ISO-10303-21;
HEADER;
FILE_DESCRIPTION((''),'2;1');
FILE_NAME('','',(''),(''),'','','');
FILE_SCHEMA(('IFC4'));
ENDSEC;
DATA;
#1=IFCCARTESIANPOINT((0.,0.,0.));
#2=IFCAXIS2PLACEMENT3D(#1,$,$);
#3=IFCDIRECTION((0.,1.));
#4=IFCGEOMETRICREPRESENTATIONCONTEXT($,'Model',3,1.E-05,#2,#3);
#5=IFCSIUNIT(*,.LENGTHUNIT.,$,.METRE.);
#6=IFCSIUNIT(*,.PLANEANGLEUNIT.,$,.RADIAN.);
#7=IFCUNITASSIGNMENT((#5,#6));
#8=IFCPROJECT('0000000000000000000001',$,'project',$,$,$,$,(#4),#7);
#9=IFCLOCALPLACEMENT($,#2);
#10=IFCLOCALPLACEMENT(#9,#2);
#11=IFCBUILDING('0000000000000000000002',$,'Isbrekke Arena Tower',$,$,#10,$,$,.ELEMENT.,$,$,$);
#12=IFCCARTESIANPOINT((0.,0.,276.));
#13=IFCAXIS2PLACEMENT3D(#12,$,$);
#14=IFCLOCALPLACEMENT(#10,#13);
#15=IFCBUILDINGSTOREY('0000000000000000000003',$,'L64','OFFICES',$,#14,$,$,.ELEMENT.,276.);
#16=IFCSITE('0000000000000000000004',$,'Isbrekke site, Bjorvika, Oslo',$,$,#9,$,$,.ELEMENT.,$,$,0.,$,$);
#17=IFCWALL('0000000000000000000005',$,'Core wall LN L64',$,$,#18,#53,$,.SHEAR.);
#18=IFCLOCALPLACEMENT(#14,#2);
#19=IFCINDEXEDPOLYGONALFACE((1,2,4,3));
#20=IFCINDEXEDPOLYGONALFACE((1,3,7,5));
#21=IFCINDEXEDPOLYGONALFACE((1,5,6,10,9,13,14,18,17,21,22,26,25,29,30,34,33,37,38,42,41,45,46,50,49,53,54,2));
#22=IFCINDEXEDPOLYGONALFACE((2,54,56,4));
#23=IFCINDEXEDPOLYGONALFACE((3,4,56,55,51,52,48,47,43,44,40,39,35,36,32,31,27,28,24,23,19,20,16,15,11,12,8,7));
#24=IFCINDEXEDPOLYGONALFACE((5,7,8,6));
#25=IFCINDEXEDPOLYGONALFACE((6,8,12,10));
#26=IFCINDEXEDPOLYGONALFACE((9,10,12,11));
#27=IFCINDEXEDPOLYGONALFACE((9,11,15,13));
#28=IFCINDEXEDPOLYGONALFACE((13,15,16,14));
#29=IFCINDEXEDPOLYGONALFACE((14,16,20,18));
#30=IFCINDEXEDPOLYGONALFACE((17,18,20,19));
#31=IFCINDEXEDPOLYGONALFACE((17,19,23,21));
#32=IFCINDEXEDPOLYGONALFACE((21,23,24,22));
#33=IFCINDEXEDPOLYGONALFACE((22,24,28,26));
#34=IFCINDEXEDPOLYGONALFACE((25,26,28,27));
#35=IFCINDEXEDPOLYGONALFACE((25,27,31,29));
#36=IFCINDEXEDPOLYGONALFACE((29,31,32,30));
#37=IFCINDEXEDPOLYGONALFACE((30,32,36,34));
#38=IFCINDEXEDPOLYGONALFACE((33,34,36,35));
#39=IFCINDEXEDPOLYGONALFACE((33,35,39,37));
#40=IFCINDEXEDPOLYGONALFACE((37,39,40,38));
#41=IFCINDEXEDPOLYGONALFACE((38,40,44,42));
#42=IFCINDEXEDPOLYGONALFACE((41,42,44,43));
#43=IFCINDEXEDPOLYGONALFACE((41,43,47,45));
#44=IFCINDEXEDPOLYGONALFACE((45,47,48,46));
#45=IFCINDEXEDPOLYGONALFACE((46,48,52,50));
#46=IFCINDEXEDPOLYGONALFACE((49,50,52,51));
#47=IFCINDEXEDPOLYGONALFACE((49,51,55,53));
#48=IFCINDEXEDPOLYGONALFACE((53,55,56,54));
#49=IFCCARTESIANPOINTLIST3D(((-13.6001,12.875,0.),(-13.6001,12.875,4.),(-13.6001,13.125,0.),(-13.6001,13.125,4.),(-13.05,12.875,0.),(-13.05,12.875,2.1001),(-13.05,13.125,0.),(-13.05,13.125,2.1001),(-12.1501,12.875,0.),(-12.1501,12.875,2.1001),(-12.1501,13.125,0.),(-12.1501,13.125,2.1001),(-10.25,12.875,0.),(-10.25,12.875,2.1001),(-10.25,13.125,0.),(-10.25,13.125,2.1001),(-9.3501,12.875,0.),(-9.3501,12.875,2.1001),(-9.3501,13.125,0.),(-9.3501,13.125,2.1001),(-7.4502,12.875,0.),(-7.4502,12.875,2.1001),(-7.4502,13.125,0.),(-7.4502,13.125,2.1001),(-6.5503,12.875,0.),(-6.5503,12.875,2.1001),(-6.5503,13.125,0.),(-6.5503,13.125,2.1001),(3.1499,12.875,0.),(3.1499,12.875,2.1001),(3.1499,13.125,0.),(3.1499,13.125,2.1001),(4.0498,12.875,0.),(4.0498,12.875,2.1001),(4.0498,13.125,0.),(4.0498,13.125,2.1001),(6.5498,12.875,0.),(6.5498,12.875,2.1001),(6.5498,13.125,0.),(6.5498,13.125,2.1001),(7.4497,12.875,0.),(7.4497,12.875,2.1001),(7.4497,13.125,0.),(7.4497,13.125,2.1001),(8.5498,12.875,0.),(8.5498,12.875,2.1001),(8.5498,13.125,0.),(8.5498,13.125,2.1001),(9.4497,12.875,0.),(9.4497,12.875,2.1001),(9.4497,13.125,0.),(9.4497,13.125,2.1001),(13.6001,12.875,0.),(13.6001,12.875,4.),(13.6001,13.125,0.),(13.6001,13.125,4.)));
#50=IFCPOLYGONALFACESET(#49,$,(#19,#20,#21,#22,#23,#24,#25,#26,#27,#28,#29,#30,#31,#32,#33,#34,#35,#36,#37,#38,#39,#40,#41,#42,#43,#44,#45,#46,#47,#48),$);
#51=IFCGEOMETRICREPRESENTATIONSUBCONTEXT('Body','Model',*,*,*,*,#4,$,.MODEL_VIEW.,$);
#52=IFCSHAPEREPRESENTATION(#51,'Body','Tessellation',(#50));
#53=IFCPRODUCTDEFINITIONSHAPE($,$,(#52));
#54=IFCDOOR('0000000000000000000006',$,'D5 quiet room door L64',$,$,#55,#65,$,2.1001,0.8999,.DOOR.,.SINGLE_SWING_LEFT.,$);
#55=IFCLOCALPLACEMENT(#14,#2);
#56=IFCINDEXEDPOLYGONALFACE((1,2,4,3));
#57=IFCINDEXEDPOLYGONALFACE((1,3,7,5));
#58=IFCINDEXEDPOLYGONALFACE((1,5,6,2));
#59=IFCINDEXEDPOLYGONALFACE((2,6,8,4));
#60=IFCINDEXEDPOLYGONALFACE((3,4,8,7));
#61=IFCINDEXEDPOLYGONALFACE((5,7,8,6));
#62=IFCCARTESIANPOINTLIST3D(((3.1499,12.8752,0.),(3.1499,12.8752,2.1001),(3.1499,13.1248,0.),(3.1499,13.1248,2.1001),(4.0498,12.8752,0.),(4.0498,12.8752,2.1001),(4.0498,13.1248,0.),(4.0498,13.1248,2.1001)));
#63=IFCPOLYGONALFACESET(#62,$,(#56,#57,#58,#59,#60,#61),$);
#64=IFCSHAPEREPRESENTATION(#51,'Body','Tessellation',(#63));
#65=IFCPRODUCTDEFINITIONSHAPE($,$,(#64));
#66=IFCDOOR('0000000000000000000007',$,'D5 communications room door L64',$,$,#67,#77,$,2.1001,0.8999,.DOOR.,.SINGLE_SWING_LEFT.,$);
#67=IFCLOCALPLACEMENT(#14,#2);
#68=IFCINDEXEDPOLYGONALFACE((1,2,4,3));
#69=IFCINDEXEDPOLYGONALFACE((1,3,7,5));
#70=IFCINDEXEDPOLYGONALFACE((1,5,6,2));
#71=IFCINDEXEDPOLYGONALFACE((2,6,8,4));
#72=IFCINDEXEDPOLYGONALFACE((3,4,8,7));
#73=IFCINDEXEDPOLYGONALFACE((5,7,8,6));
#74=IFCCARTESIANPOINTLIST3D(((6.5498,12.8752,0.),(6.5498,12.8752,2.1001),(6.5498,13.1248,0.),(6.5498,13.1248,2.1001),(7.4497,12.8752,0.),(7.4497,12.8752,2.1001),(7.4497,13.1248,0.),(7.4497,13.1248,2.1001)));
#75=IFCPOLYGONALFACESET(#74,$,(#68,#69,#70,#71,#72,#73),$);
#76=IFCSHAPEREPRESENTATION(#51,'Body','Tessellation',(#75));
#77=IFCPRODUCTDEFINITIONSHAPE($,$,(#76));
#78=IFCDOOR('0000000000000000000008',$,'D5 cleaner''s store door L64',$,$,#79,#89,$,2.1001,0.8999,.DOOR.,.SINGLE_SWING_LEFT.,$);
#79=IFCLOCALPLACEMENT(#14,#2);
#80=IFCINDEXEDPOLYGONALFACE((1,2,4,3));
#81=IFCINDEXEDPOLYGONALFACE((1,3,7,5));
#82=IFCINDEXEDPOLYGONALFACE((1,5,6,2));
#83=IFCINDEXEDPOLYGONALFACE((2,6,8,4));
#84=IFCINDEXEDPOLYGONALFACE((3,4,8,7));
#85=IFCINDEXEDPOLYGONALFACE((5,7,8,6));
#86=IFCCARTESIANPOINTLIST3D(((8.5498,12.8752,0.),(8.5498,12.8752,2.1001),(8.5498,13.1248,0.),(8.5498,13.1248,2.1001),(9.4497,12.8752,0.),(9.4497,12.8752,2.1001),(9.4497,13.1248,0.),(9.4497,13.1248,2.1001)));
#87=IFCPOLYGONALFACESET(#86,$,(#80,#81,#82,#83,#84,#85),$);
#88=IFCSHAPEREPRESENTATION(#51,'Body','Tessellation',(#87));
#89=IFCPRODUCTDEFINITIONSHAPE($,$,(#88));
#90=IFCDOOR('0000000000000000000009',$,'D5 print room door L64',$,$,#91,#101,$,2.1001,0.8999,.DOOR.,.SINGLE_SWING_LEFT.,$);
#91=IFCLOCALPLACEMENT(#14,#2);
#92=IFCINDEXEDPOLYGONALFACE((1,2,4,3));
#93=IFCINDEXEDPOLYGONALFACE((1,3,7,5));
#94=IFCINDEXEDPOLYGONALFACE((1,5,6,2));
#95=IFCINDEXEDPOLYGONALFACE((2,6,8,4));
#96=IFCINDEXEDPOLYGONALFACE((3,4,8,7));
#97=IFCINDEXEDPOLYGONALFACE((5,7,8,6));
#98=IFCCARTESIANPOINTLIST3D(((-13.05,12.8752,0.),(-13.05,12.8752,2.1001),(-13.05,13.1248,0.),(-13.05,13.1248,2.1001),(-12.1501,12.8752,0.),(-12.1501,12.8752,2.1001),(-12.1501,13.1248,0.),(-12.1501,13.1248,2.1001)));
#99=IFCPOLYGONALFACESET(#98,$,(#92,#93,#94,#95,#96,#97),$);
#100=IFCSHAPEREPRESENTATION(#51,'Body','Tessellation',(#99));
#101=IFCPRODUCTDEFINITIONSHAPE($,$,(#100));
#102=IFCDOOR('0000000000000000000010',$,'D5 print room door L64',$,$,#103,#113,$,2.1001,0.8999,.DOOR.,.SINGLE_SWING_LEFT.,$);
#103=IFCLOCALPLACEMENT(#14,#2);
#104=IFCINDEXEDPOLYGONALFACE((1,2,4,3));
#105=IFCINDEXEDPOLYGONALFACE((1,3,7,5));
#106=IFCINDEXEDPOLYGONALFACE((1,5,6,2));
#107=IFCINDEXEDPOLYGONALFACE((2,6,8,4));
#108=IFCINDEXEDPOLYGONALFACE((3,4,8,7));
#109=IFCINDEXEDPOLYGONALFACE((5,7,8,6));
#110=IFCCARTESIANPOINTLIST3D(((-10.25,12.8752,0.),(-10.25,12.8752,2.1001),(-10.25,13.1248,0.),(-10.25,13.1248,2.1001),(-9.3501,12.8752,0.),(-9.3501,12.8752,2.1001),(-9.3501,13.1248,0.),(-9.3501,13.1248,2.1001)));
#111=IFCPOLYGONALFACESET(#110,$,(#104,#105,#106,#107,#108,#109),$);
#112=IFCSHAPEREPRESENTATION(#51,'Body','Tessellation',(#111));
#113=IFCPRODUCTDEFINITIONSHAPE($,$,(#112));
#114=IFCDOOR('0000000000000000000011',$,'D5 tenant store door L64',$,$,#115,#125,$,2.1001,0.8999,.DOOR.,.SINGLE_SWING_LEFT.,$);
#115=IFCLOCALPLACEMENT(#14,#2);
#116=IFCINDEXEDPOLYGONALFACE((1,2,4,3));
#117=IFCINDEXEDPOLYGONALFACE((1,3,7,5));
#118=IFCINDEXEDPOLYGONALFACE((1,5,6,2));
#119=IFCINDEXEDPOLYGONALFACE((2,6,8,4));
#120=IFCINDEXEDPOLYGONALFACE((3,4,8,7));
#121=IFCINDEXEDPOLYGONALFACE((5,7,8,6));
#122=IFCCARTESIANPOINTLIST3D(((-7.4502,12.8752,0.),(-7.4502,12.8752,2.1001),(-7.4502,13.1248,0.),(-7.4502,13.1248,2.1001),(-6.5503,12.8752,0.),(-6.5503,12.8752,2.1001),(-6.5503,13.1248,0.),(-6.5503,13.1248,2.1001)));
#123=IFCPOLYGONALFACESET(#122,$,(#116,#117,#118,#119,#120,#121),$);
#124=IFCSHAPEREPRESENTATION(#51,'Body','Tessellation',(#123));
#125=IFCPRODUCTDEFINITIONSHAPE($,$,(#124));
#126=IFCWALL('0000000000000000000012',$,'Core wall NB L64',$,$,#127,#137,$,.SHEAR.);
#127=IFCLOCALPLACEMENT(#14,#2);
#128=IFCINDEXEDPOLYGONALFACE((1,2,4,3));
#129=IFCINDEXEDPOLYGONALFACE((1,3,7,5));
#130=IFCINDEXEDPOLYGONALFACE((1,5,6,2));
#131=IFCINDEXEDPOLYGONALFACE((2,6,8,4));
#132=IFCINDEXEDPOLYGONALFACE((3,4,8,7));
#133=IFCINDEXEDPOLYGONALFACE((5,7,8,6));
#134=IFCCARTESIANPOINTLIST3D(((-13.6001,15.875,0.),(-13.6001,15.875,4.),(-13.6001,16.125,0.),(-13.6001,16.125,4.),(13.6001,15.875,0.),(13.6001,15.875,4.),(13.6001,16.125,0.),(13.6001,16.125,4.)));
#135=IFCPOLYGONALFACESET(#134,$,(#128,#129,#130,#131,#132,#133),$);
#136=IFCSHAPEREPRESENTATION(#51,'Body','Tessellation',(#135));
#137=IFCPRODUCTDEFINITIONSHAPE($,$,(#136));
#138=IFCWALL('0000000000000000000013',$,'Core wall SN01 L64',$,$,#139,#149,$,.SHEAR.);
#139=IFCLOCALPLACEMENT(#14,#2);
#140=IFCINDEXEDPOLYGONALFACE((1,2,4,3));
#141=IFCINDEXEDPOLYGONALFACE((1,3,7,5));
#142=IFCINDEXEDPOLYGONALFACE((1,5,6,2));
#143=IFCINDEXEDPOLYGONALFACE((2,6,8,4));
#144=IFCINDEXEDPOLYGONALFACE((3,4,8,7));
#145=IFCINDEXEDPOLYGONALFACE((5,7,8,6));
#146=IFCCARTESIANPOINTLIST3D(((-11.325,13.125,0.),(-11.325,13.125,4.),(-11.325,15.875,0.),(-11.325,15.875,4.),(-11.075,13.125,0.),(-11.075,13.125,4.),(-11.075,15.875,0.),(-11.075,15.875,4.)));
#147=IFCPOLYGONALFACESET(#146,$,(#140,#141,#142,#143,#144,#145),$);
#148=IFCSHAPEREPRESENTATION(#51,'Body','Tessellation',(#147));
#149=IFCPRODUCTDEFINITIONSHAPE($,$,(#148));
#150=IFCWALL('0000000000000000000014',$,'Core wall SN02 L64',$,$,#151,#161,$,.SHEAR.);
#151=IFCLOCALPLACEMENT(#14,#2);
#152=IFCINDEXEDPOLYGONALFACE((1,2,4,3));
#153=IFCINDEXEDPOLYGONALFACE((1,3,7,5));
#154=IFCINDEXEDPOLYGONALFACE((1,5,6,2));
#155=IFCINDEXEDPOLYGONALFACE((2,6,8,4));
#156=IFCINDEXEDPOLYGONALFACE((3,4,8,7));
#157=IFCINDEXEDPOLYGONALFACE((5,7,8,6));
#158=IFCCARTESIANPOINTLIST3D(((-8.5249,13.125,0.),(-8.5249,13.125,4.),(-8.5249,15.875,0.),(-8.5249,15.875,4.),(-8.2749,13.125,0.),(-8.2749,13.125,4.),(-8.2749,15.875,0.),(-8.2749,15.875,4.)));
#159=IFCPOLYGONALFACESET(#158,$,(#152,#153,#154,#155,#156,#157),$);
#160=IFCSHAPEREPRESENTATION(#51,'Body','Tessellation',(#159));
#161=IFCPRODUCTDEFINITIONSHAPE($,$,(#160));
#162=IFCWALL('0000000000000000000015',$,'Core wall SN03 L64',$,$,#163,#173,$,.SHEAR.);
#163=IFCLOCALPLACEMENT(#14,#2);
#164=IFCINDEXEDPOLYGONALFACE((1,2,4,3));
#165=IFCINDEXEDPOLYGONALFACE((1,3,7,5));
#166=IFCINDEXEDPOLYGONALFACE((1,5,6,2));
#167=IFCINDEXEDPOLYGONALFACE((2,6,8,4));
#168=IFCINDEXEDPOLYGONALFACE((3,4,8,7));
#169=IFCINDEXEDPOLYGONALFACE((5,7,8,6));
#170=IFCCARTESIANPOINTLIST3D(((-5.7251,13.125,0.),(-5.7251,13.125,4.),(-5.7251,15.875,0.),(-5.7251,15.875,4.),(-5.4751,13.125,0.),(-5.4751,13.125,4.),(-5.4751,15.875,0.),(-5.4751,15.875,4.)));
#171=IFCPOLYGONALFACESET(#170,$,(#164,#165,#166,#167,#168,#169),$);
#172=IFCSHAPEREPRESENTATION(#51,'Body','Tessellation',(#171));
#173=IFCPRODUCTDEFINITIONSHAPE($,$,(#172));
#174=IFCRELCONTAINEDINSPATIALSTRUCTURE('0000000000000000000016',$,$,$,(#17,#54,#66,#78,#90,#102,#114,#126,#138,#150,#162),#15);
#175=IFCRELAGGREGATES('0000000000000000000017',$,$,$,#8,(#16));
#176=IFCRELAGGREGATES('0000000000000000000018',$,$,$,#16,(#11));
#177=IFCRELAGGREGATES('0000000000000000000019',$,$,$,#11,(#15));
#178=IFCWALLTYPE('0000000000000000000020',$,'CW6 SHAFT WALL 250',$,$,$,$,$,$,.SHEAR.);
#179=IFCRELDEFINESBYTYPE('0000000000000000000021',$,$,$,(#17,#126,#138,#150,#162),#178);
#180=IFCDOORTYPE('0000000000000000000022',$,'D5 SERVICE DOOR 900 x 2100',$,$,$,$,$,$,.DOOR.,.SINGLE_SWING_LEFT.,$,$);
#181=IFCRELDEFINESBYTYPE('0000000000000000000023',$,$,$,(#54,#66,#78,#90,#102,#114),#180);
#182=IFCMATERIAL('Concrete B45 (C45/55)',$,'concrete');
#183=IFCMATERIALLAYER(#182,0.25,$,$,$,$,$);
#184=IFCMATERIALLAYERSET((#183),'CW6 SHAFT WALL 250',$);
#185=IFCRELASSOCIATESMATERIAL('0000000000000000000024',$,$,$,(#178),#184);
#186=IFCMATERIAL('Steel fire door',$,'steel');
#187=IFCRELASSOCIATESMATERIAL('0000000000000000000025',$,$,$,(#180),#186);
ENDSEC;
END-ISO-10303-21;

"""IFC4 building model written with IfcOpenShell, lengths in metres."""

from ifc_helpers import new_model, si_unit, direction, frame, frame_2d, origin, place, context, subcontext, project, spatial, rectangle, extrude, material, layer, layer_set, type_object, element, fill, save


model = new_model("IFC4")

# Units and contexts
model_context = context("Model", 3, precision=1e-05, world=origin(), true_north=direction((0.0, 1.0)))
body_context = subcontext(model_context, "Body", "Model", "MODEL_VIEW")
ifc_project = project(units=[si_unit("LENGTHUNIT", "METRE"), si_unit("PLANEANGLEUNIT", "RADIAN")], contexts=[model_context])

# Site, building, storey
site_placement = place(None, origin())
site = spatial("IfcSite", under=ifc_project, at=site_placement, Name="Isbrekke site, Bjorvika, Oslo", CompositionType="ELEMENT", RefElevation=0.0)
building_placement = place(site_placement, origin())
building = spatial("IfcBuilding", under=site, at=building_placement, Name="Isbrekke Arena Tower", CompositionType="ELEMENT")
storey_placement = place(building_placement, frame((0.0, 0.0, 276.0)))
storey = spatial("IfcBuildingStorey", under=building, at=storey_placement, Name="L64", Description="OFFICES", CompositionType="ELEMENT", Elevation=276.0)

# Wall, openings, doors
ifc_material_1 = material(Name="Concrete B45 (C45/55)", Category="concrete")
ifc_layer_1 = layer(ifc_material_1, 0.25)
ifc_layer_set_1 = layer_set([ifc_layer_1], Name="CW6 SHAFT WALL 250")
wall_type_1 = type_object("IfcWallType", Name="CW6 SHAFT WALL 250", PredefinedType="SHEAR", material=ifc_layer_set_1)
wall_1_placement = place(storey_placement, frame((-13.6001, 13.0, 0.0), z_axis=(0.0, 0.0, 1.0), x_axis=(1.0, 0.0, 0.0)))
wall_1 = element("IfcWall", 1, at=wall_1_placement, inside=storey, type_object=wall_type_1, Name="Core wall LN L64", PredefinedType="SHEAR", context=body_context, shape_type="SweptSolid", body=[
    extrude(rectangle(XDim=27.2002, YDim=0.25, at=frame_2d((13.6001, 0.0))), origin(), (0.0, 0.0, 1.0), 4.0),
])
opening_1_placement = place(wall_1_placement, frame((16.75, 0.0, 0.0)))
opening_1 = element("IfcOpeningElement", 2, at=opening_1_placement, cuts=wall_1, PredefinedType="OPENING", context=body_context, shape_type="SweptSolid", body=[
    extrude(rectangle(XDim=0.8999, YDim=2.1001, at=frame_2d((0.45, 1.05))), frame((0.0, 0.1399, 0.0), z_axis=(0.0, -1.0, 0.0), x_axis=(1.0, 0.0, 0.0)), (0.0, 0.0, 1.0), 0.2798),
])
opening_2_placement = place(wall_1_placement, frame((20.1499, 0.0, 0.0)))
opening_2 = element("IfcOpeningElement", 3, at=opening_2_placement, cuts=wall_1, PredefinedType="OPENING", context=body_context, shape_type="SweptSolid", body=[
    extrude(rectangle(XDim=0.8999, YDim=2.1001, at=frame_2d((0.45, 1.05))), frame((0.0, 0.1399, 0.0), z_axis=(0.0, -1.0, 0.0), x_axis=(1.0, 0.0, 0.0)), (0.0, 0.0, 1.0), 0.2798),
])
opening_3_placement = place(wall_1_placement, frame((22.1499, 0.0, 0.0)))
opening_3 = element("IfcOpeningElement", 4, at=opening_3_placement, cuts=wall_1, PredefinedType="OPENING", context=body_context, shape_type="SweptSolid", body=[
    extrude(rectangle(XDim=0.8999, YDim=2.1001, at=frame_2d((0.45, 1.05))), frame((0.0, 0.1399, 0.0), z_axis=(0.0, -1.0, 0.0), x_axis=(1.0, 0.0, 0.0)), (0.0, 0.0, 1.0), 0.2798),
])
opening_4_placement = place(wall_1_placement, frame((0.55, 0.0, 0.0)))
opening_4 = element("IfcOpeningElement", 5, at=opening_4_placement, cuts=wall_1, PredefinedType="OPENING", context=body_context, shape_type="SweptSolid", body=[
    extrude(rectangle(XDim=0.8999, YDim=2.1001, at=frame_2d((0.45, 1.05))), frame((0.0, 0.1399, 0.0), z_axis=(0.0, -1.0, 0.0), x_axis=(1.0, 0.0, 0.0)), (0.0, 0.0, 1.0), 0.2798),
])
opening_5_placement = place(wall_1_placement, frame((3.3501, 0.0, 0.0)))
opening_5 = element("IfcOpeningElement", 6, at=opening_5_placement, cuts=wall_1, PredefinedType="OPENING", context=body_context, shape_type="SweptSolid", body=[
    extrude(rectangle(XDim=0.8999, YDim=2.1001, at=frame_2d((0.45, 1.05))), frame((0.0, 0.1399, 0.0), z_axis=(0.0, -1.0, 0.0), x_axis=(1.0, 0.0, 0.0)), (0.0, 0.0, 1.0), 0.2798),
])
opening_6_placement = place(wall_1_placement, frame((6.1499, 0.0, 0.0)))
opening_6 = element("IfcOpeningElement", 7, at=opening_6_placement, cuts=wall_1, PredefinedType="OPENING", context=body_context, shape_type="SweptSolid", body=[
    extrude(rectangle(XDim=0.8999, YDim=2.1001, at=frame_2d((0.45, 1.05))), frame((0.0, 0.1399, 0.0), z_axis=(0.0, -1.0, 0.0), x_axis=(1.0, 0.0, 0.0)), (0.0, 0.0, 1.0), 0.2798),
])
ifc_material_2 = material(Name="Steel fire door", Category="steel")
door_type_1 = type_object("IfcDoorType", Name="D5 SERVICE DOOR 900 x 2100", OperationType="SINGLE_SWING_LEFT", PredefinedType="DOOR", material=ifc_material_2)
door_1_placement = place(opening_1_placement, origin())
door_1 = element("IfcDoor", 8, at=door_1_placement, inside=storey, type_object=door_type_1, Name="D5 quiet room door L64", OperationType="SINGLE_SWING_LEFT", OverallHeight=2.1001, OverallWidth=0.8999, PredefinedType="DOOR", context=body_context, shape_type="SweptSolid", body=[
    extrude(rectangle(XDim=0.8999, YDim=2.1001, at=frame_2d((0.45, 1.05))), frame((0.0, 0.1248, 0.0), z_axis=(0.0, -1.0, 0.0), x_axis=(1.0, 0.0, 0.0)), (0.0, 0.0, 1.0), 0.2495),
])
fill(opening_1, door_1)
door_2_placement = place(opening_2_placement, origin())
door_2 = element("IfcDoor", 9, at=door_2_placement, inside=storey, type_object=door_type_1, Name="D5 communications room door L64", OperationType="SINGLE_SWING_LEFT", OverallHeight=2.1001, OverallWidth=0.8999, PredefinedType="DOOR", context=body_context, shape_type="SweptSolid", body=[
    extrude(rectangle(XDim=0.8999, YDim=2.1001, at=frame_2d((0.45, 1.05))), frame((0.0, 0.1248, 0.0), z_axis=(0.0, -1.0, 0.0), x_axis=(1.0, 0.0, 0.0)), (0.0, 0.0, 1.0), 0.2495),
])
fill(opening_2, door_2)
door_3_placement = place(opening_3_placement, origin())
door_3 = element("IfcDoor", 10, at=door_3_placement, inside=storey, type_object=door_type_1, Name="D5 cleaner's store door L64", OperationType="SINGLE_SWING_LEFT", OverallHeight=2.1001, OverallWidth=0.8999, PredefinedType="DOOR", context=body_context, shape_type="SweptSolid", body=[
    extrude(rectangle(XDim=0.8999, YDim=2.1001, at=frame_2d((0.45, 1.05))), frame((0.0, 0.1248, 0.0), z_axis=(0.0, -1.0, 0.0), x_axis=(1.0, 0.0, 0.0)), (0.0, 0.0, 1.0), 0.2495),
])
fill(opening_3, door_3)
door_4_placement = place(opening_4_placement, origin())
door_4 = element("IfcDoor", 11, at=door_4_placement, inside=storey, type_object=door_type_1, Name="D5 print room door L64", OperationType="SINGLE_SWING_LEFT", OverallHeight=2.1001, OverallWidth=0.8999, PredefinedType="DOOR", context=body_context, shape_type="SweptSolid", body=[
    extrude(rectangle(XDim=0.8999, YDim=2.1001, at=frame_2d((0.45, 1.05))), frame((0.0, 0.1248, 0.0), z_axis=(0.0, -1.0, 0.0), x_axis=(1.0, 0.0, 0.0)), (0.0, 0.0, 1.0), 0.2495),
])
fill(opening_4, door_4)
door_5_placement = place(opening_5_placement, origin())
door_5 = element("IfcDoor", 12, at=door_5_placement, inside=storey, type_object=door_type_1, Name="D5 print room door L64", OperationType="SINGLE_SWING_LEFT", OverallHeight=2.1001, OverallWidth=0.8999, PredefinedType="DOOR", context=body_context, shape_type="SweptSolid", body=[
    extrude(rectangle(XDim=0.8999, YDim=2.1001, at=frame_2d((0.45, 1.05))), frame((0.0, 0.1248, 0.0), z_axis=(0.0, -1.0, 0.0), x_axis=(1.0, 0.0, 0.0)), (0.0, 0.0, 1.0), 0.2495),
])
fill(opening_5, door_5)
door_6_placement = place(opening_6_placement, origin())
door_6 = element("IfcDoor", 13, at=door_6_placement, inside=storey, type_object=door_type_1, Name="D5 tenant store door L64", OperationType="SINGLE_SWING_LEFT", OverallHeight=2.1001, OverallWidth=0.8999, PredefinedType="DOOR", context=body_context, shape_type="SweptSolid", body=[
    extrude(rectangle(XDim=0.8999, YDim=2.1001, at=frame_2d((0.45, 1.05))), frame((0.0, 0.1248, 0.0), z_axis=(0.0, -1.0, 0.0), x_axis=(1.0, 0.0, 0.0)), (0.0, 0.0, 1.0), 0.2495),
])
fill(opening_6, door_6)

# Walls
wall_2_placement = place(storey_placement, frame((-13.6001, 16.0, 0.0), z_axis=(0.0, 0.0, 1.0), x_axis=(1.0, 0.0, 0.0)))
element("IfcWall", 14, at=wall_2_placement, inside=storey, type_object=wall_type_1, Name="Core wall NB L64", PredefinedType="SHEAR", context=body_context, shape_type="SweptSolid", body=[
    extrude(rectangle(XDim=27.2002, YDim=0.25, at=frame_2d((13.6001, 0.0))), origin(), (0.0, 0.0, 1.0), 4.0),
])
for number, where, z_axis, x_axis, name in (
    (15, (-11.2, 13.125, 0.0), (0.0, 0.0, 1.0), (0.0, 1.0, 0.0), "Core wall SN01 L64"),
    (16, (-8.3999, 13.125, 0.0), (0.0, 0.0, 1.0), (0.0, 1.0, 0.0), "Core wall SN02 L64"),
    (17, (-5.6001, 13.125, 0.0), (0.0, 0.0, 1.0), (0.0, 1.0, 0.0), "Core wall SN03 L64"),
):
    element("IfcWall", number, at=place(storey_placement, frame(where, z_axis=z_axis, x_axis=x_axis)), inside=storey, type_object=wall_type_1, Name=name, PredefinedType="SHEAR", context=body_context, shape_type="SweptSolid", body=[
        extrude(rectangle(XDim=2.75, YDim=0.25, at=frame_2d((1.375, 0.0))), origin(), (0.0, 0.0, 1.0), 4.0),
    ])

save(model, "model.ifc")
